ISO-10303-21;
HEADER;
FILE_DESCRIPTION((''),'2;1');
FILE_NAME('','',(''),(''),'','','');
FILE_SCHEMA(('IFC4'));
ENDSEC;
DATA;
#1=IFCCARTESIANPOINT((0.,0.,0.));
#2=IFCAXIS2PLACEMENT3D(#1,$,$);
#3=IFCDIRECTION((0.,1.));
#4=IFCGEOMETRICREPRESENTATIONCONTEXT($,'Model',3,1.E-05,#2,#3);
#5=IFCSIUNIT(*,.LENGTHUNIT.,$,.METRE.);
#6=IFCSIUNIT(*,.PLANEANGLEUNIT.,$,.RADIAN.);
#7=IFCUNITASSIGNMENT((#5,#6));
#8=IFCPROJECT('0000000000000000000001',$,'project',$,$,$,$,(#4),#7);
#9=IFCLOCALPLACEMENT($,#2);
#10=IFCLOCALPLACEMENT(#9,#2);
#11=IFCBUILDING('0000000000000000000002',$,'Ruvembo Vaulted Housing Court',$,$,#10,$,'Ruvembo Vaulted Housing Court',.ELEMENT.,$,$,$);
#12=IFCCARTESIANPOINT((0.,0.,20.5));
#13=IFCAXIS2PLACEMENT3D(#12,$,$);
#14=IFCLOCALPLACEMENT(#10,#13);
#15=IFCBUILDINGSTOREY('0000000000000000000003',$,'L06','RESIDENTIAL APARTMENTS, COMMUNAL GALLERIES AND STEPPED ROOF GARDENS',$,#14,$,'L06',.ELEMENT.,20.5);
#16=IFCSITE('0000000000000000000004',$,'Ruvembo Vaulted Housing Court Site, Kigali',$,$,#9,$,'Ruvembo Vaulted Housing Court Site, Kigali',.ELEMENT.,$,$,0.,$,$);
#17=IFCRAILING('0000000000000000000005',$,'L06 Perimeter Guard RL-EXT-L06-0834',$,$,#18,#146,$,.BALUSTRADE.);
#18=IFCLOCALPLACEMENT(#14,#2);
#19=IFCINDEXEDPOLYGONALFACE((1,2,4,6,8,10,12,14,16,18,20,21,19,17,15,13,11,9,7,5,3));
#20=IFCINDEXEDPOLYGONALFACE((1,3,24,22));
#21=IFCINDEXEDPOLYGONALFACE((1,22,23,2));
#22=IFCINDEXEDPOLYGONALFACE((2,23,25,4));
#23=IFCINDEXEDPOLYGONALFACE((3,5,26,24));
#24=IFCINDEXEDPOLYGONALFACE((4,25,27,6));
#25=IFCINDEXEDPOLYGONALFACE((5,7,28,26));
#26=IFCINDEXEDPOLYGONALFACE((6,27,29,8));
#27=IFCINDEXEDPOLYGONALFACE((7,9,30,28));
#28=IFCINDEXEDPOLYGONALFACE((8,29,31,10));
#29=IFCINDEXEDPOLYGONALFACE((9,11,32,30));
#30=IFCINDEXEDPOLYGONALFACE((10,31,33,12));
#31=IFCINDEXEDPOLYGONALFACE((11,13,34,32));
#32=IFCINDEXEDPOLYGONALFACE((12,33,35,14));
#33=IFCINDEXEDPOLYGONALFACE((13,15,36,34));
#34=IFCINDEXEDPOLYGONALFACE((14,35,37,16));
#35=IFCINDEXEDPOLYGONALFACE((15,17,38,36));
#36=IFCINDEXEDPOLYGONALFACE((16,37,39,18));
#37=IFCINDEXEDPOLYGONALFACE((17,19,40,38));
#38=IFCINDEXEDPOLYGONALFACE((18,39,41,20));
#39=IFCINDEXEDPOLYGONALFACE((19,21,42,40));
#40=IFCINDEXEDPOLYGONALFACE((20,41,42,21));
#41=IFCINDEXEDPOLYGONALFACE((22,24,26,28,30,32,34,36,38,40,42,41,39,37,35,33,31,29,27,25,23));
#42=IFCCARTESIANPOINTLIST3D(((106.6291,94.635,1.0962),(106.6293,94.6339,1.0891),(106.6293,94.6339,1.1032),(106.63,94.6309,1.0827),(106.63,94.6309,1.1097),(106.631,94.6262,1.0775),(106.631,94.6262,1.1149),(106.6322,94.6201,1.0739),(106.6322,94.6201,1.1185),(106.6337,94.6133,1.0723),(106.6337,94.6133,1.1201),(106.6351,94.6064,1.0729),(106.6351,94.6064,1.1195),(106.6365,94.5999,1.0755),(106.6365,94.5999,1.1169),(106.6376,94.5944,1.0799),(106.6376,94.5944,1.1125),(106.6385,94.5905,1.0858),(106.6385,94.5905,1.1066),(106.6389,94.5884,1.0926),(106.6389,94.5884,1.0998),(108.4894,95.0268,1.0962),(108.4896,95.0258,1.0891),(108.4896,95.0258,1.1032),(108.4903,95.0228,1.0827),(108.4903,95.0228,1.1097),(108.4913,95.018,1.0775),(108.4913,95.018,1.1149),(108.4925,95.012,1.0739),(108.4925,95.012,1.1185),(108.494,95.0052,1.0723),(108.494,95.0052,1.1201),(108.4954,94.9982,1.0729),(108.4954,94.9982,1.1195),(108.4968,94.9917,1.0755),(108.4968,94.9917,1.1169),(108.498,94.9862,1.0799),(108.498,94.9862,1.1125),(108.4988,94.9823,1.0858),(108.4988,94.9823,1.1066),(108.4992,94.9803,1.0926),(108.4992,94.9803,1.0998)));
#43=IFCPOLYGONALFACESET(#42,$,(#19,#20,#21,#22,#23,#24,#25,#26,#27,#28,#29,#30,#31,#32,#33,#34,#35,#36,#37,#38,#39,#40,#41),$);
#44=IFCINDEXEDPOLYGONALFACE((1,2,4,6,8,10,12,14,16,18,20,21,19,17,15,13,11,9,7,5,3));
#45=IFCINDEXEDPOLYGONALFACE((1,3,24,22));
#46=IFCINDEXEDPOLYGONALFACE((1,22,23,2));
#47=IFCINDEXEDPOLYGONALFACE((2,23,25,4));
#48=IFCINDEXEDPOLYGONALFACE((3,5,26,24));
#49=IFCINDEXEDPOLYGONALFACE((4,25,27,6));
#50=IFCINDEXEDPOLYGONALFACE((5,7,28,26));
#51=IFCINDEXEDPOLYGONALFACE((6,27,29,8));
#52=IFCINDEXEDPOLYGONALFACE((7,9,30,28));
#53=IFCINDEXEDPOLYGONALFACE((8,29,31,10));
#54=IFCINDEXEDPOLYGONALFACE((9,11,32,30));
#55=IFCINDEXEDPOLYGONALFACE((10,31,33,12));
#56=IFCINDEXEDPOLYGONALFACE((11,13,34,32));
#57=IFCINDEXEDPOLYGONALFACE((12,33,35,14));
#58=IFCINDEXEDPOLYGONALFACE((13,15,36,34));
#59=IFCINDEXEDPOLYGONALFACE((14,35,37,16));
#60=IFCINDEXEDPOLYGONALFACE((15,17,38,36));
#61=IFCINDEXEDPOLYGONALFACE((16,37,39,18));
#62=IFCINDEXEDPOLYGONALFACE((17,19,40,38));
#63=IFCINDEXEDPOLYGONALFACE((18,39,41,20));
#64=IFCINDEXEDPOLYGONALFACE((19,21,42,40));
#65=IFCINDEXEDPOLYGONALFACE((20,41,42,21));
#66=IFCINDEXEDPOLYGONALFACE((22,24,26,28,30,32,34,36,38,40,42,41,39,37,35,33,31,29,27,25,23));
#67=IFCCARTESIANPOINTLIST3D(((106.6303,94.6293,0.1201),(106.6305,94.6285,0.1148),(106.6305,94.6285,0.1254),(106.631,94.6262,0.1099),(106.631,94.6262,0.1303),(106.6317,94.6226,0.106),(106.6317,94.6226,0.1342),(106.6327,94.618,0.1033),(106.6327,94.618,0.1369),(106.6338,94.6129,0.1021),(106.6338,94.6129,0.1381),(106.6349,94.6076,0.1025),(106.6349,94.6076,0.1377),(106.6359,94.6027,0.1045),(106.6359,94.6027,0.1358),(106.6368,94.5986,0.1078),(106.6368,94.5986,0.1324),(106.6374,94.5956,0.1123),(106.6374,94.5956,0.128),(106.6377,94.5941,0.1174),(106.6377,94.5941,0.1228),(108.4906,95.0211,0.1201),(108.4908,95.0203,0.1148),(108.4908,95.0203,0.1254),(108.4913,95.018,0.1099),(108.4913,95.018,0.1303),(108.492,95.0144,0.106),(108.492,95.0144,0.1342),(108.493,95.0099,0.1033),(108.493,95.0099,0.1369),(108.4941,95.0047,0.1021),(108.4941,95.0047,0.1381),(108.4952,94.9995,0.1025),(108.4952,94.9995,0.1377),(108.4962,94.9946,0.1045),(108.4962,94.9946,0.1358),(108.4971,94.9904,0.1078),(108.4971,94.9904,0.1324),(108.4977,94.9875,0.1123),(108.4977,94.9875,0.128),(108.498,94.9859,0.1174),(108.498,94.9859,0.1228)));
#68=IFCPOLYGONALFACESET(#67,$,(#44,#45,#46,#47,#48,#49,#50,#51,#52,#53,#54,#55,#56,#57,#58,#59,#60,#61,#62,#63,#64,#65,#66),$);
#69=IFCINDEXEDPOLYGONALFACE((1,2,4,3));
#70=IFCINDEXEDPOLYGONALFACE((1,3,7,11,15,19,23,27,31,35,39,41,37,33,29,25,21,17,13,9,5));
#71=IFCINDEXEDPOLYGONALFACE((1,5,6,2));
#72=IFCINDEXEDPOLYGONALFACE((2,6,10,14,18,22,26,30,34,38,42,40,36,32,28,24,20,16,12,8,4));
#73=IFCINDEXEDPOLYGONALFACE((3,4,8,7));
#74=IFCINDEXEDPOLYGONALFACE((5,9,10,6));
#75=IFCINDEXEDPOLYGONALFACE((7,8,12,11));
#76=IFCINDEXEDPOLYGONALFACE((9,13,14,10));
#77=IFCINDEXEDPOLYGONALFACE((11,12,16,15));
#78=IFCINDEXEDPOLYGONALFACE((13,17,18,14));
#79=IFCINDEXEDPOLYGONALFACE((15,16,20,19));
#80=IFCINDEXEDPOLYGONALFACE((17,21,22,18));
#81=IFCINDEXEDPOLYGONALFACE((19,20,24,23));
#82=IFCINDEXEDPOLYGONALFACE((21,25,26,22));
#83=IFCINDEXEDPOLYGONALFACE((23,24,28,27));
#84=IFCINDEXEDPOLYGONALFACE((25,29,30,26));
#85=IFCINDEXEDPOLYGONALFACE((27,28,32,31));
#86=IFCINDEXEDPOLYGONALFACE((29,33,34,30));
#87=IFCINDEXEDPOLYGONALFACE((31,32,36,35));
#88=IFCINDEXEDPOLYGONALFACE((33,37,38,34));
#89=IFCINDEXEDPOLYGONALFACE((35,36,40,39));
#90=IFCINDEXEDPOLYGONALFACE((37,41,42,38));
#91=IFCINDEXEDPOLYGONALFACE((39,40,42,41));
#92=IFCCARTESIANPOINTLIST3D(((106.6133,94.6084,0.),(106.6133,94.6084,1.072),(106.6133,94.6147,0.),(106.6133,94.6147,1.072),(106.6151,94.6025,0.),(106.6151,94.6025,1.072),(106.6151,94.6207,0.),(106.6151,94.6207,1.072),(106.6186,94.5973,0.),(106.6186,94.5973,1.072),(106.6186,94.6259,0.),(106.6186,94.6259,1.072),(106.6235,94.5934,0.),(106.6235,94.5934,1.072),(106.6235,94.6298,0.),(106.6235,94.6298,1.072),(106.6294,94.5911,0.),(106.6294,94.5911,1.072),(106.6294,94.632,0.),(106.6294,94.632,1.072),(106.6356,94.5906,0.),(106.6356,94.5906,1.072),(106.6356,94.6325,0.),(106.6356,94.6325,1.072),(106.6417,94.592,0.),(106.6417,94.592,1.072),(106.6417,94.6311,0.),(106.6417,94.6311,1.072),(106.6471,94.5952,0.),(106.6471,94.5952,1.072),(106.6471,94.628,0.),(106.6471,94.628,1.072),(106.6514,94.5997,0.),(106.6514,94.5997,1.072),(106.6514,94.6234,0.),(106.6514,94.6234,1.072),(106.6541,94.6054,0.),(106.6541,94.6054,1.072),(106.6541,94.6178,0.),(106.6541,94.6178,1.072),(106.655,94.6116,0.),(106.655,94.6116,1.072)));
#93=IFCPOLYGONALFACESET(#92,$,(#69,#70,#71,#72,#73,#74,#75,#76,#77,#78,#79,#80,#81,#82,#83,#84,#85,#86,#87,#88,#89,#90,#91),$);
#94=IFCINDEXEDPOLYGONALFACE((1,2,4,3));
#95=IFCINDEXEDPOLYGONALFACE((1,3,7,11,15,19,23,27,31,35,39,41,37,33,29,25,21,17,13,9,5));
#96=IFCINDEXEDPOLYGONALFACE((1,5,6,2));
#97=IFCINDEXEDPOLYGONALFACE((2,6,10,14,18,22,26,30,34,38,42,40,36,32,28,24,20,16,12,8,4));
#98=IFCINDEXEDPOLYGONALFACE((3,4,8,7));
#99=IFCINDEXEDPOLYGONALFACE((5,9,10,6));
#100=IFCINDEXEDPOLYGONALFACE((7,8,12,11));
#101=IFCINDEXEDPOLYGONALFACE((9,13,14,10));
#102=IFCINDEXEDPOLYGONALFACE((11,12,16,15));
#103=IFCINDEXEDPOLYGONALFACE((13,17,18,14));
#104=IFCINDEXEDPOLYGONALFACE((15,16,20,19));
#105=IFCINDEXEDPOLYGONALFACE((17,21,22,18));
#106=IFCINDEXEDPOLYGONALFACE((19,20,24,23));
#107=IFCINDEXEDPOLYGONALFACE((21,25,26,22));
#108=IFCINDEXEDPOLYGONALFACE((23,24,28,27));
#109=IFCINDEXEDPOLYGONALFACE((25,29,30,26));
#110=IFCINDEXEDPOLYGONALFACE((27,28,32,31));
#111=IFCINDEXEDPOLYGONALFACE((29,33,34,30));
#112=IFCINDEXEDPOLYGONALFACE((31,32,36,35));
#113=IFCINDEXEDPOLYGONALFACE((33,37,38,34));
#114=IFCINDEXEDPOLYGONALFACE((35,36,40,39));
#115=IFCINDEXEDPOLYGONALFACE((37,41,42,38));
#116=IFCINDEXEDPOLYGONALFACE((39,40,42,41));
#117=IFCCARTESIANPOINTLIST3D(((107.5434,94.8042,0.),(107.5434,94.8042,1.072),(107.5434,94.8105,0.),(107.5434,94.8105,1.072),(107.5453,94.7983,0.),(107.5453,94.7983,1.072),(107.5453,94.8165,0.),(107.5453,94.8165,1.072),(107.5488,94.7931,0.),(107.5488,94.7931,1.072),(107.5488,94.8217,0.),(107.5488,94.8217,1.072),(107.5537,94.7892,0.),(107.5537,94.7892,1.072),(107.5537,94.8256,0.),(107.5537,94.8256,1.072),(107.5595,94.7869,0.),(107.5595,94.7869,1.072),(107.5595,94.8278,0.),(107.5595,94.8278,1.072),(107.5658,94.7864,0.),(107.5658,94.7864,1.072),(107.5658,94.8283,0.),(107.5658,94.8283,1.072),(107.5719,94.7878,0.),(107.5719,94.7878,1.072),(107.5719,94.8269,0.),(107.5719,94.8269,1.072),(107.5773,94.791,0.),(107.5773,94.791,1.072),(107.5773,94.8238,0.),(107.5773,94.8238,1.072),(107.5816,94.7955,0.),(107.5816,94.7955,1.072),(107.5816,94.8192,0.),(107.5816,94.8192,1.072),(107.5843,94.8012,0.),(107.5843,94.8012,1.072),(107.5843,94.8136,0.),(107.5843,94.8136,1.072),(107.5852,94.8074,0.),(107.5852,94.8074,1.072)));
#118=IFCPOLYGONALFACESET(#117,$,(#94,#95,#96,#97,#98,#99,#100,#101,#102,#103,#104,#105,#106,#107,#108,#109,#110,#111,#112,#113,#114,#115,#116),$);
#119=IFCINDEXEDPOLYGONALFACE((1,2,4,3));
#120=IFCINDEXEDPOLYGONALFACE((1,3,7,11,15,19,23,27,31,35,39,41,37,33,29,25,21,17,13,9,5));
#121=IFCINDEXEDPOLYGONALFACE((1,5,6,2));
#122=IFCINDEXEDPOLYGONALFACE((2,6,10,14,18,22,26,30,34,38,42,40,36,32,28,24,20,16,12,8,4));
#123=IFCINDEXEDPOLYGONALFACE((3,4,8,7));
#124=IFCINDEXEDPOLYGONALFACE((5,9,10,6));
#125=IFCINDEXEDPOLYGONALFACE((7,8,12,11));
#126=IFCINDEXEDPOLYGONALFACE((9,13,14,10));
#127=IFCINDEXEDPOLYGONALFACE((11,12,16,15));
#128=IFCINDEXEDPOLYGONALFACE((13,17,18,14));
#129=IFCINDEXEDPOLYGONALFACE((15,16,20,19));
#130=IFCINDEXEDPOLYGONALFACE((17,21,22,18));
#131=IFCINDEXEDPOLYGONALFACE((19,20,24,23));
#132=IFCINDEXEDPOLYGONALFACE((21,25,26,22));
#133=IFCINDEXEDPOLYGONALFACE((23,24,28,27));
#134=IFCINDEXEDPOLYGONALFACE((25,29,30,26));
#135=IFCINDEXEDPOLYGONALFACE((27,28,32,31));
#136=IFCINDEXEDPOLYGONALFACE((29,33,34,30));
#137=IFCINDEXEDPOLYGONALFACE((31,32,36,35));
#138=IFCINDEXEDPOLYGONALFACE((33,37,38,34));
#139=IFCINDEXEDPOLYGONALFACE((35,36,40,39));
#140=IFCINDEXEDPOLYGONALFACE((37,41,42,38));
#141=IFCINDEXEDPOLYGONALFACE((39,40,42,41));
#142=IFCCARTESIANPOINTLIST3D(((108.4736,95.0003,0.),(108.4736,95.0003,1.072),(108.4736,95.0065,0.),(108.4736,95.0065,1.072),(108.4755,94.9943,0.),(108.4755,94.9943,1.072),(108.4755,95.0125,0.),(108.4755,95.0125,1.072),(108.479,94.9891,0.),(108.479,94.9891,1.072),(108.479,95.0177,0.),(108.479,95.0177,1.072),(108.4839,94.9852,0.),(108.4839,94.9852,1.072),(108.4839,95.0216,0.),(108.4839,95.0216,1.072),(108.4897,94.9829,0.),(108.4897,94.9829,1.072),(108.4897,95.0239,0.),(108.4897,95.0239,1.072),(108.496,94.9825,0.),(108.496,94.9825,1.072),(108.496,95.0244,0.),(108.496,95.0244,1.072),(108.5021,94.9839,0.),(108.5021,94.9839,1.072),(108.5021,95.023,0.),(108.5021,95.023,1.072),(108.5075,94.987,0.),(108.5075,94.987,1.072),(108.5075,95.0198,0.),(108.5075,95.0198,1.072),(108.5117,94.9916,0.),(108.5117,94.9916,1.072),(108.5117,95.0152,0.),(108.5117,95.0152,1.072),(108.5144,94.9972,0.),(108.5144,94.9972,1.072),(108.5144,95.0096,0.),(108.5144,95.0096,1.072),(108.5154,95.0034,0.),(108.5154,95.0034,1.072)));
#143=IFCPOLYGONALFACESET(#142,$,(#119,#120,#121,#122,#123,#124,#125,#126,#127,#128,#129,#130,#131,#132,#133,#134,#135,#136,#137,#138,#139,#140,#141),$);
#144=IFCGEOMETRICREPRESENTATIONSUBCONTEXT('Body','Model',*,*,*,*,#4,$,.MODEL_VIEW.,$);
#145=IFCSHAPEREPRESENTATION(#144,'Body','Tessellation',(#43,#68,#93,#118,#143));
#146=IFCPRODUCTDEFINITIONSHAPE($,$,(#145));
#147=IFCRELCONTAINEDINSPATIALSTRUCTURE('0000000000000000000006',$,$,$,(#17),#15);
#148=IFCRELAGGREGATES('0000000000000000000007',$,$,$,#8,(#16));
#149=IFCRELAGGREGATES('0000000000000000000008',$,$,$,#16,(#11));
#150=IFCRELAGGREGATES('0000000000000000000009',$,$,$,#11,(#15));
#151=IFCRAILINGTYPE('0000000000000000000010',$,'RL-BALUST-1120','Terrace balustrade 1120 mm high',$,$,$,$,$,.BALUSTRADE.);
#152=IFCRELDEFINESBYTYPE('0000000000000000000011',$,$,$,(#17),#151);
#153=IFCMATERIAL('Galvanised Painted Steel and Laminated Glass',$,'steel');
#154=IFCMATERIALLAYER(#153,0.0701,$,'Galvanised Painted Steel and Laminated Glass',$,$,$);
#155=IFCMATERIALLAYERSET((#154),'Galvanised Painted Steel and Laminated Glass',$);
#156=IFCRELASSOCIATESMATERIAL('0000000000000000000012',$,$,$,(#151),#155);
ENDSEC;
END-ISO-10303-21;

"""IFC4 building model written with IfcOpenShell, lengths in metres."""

from ifc_helpers import new_model, si_unit, direction, frame, origin, origin_2d, place, context, subcontext, project, spatial, circle, extrude, material, layer, layer_set, type_object, element, save


model = new_model("IFC4")

# Units and contexts
model_context = context("Model", 3, precision=1e-05, world=origin(), true_north=direction((0.0, 1.0)))
body_context = subcontext(model_context, "Body", "Model", "MODEL_VIEW")
ifc_project = project(units=[si_unit("LENGTHUNIT", "METRE"), si_unit("PLANEANGLEUNIT", "RADIAN")], contexts=[model_context])

# Site, building, storey
site_placement = place(None, origin())
site = spatial("IfcSite", under=ifc_project, at=site_placement, Name="Ruvembo Vaulted Housing Court Site, Kigali", LongName="Ruvembo Vaulted Housing Court Site, Kigali", CompositionType="ELEMENT", RefElevation=0.0)
building_placement = place(site_placement, origin())
building = spatial("IfcBuilding", under=site, at=building_placement, Name="Ruvembo Vaulted Housing Court", LongName="Ruvembo Vaulted Housing Court", CompositionType="ELEMENT")
storey_placement = place(building_placement, frame((0.0, 0.0, 20.5)))
storey = spatial("IfcBuildingStorey", under=building, at=storey_placement, Name="L06", Description="RESIDENTIAL APARTMENTS, COMMUNAL GALLERIES AND STEPPED ROOF GARDENS", LongName="L06", CompositionType="ELEMENT", Elevation=20.5)

# Railing
ifc_material_1 = material(Name="Galvanised Painted Steel and Laminated Glass", Category="steel")
ifc_layer = layer(ifc_material_1, 0.0701, Name="Galvanised Painted Steel and Laminated Glass")
ifc_layer_set = layer_set([ifc_layer], Name="Galvanised Painted Steel and Laminated Glass")
railing_type = type_object("IfcRailingType", Name="RL-BALUST-1120", Description="Terrace balustrade 1120 mm high", PredefinedType="BALUSTRADE", material=ifc_layer_set)
railing_1_placement = place(storey_placement, frame((106.634, 94.6116, 0.0)))
element("IfcRailing", 1, at=railing_1_placement, inside=storey, type_object=railing_type, Name="L06 Perimeter Guard RL-EXT-L06-0834", PredefinedType="BALUSTRADE", context=body_context, shape_type="SweptSolid", body=[
    extrude(circle(Radius=0.0239, at=origin_2d()), frame((0.0, 0.0, 1.0962), z_axis=(0.978529, 0.206108, 0.0), x_axis=(-0.206108, 0.978529, 0.0)), (0.0, 0.0, 1.0), 1.9011),
    extrude(circle(Radius=0.0181, at=origin_2d()), frame((0.0, 0.0, 0.1201), z_axis=(0.978529, 0.206108, 0.0), x_axis=(-0.206108, 0.978529, 0.0)), (0.0, 0.0, 1.0), 1.9011),
    extrude(circle(Radius=0.021, at=origin_2d()), origin(), (0.0, 0.0, 1.0), 1.072),
    extrude(circle(Radius=0.021, at=origin_2d()), frame((0.9302, 0.1958, 0.0)), (0.0, 0.0, 1.0), 1.072),
    extrude(circle(Radius=0.021, at=origin_2d()), frame((1.8604, 0.3918, 0.0)), (0.0, 0.0, 1.0), 1.072),
])

save(model, "model.ifc")
